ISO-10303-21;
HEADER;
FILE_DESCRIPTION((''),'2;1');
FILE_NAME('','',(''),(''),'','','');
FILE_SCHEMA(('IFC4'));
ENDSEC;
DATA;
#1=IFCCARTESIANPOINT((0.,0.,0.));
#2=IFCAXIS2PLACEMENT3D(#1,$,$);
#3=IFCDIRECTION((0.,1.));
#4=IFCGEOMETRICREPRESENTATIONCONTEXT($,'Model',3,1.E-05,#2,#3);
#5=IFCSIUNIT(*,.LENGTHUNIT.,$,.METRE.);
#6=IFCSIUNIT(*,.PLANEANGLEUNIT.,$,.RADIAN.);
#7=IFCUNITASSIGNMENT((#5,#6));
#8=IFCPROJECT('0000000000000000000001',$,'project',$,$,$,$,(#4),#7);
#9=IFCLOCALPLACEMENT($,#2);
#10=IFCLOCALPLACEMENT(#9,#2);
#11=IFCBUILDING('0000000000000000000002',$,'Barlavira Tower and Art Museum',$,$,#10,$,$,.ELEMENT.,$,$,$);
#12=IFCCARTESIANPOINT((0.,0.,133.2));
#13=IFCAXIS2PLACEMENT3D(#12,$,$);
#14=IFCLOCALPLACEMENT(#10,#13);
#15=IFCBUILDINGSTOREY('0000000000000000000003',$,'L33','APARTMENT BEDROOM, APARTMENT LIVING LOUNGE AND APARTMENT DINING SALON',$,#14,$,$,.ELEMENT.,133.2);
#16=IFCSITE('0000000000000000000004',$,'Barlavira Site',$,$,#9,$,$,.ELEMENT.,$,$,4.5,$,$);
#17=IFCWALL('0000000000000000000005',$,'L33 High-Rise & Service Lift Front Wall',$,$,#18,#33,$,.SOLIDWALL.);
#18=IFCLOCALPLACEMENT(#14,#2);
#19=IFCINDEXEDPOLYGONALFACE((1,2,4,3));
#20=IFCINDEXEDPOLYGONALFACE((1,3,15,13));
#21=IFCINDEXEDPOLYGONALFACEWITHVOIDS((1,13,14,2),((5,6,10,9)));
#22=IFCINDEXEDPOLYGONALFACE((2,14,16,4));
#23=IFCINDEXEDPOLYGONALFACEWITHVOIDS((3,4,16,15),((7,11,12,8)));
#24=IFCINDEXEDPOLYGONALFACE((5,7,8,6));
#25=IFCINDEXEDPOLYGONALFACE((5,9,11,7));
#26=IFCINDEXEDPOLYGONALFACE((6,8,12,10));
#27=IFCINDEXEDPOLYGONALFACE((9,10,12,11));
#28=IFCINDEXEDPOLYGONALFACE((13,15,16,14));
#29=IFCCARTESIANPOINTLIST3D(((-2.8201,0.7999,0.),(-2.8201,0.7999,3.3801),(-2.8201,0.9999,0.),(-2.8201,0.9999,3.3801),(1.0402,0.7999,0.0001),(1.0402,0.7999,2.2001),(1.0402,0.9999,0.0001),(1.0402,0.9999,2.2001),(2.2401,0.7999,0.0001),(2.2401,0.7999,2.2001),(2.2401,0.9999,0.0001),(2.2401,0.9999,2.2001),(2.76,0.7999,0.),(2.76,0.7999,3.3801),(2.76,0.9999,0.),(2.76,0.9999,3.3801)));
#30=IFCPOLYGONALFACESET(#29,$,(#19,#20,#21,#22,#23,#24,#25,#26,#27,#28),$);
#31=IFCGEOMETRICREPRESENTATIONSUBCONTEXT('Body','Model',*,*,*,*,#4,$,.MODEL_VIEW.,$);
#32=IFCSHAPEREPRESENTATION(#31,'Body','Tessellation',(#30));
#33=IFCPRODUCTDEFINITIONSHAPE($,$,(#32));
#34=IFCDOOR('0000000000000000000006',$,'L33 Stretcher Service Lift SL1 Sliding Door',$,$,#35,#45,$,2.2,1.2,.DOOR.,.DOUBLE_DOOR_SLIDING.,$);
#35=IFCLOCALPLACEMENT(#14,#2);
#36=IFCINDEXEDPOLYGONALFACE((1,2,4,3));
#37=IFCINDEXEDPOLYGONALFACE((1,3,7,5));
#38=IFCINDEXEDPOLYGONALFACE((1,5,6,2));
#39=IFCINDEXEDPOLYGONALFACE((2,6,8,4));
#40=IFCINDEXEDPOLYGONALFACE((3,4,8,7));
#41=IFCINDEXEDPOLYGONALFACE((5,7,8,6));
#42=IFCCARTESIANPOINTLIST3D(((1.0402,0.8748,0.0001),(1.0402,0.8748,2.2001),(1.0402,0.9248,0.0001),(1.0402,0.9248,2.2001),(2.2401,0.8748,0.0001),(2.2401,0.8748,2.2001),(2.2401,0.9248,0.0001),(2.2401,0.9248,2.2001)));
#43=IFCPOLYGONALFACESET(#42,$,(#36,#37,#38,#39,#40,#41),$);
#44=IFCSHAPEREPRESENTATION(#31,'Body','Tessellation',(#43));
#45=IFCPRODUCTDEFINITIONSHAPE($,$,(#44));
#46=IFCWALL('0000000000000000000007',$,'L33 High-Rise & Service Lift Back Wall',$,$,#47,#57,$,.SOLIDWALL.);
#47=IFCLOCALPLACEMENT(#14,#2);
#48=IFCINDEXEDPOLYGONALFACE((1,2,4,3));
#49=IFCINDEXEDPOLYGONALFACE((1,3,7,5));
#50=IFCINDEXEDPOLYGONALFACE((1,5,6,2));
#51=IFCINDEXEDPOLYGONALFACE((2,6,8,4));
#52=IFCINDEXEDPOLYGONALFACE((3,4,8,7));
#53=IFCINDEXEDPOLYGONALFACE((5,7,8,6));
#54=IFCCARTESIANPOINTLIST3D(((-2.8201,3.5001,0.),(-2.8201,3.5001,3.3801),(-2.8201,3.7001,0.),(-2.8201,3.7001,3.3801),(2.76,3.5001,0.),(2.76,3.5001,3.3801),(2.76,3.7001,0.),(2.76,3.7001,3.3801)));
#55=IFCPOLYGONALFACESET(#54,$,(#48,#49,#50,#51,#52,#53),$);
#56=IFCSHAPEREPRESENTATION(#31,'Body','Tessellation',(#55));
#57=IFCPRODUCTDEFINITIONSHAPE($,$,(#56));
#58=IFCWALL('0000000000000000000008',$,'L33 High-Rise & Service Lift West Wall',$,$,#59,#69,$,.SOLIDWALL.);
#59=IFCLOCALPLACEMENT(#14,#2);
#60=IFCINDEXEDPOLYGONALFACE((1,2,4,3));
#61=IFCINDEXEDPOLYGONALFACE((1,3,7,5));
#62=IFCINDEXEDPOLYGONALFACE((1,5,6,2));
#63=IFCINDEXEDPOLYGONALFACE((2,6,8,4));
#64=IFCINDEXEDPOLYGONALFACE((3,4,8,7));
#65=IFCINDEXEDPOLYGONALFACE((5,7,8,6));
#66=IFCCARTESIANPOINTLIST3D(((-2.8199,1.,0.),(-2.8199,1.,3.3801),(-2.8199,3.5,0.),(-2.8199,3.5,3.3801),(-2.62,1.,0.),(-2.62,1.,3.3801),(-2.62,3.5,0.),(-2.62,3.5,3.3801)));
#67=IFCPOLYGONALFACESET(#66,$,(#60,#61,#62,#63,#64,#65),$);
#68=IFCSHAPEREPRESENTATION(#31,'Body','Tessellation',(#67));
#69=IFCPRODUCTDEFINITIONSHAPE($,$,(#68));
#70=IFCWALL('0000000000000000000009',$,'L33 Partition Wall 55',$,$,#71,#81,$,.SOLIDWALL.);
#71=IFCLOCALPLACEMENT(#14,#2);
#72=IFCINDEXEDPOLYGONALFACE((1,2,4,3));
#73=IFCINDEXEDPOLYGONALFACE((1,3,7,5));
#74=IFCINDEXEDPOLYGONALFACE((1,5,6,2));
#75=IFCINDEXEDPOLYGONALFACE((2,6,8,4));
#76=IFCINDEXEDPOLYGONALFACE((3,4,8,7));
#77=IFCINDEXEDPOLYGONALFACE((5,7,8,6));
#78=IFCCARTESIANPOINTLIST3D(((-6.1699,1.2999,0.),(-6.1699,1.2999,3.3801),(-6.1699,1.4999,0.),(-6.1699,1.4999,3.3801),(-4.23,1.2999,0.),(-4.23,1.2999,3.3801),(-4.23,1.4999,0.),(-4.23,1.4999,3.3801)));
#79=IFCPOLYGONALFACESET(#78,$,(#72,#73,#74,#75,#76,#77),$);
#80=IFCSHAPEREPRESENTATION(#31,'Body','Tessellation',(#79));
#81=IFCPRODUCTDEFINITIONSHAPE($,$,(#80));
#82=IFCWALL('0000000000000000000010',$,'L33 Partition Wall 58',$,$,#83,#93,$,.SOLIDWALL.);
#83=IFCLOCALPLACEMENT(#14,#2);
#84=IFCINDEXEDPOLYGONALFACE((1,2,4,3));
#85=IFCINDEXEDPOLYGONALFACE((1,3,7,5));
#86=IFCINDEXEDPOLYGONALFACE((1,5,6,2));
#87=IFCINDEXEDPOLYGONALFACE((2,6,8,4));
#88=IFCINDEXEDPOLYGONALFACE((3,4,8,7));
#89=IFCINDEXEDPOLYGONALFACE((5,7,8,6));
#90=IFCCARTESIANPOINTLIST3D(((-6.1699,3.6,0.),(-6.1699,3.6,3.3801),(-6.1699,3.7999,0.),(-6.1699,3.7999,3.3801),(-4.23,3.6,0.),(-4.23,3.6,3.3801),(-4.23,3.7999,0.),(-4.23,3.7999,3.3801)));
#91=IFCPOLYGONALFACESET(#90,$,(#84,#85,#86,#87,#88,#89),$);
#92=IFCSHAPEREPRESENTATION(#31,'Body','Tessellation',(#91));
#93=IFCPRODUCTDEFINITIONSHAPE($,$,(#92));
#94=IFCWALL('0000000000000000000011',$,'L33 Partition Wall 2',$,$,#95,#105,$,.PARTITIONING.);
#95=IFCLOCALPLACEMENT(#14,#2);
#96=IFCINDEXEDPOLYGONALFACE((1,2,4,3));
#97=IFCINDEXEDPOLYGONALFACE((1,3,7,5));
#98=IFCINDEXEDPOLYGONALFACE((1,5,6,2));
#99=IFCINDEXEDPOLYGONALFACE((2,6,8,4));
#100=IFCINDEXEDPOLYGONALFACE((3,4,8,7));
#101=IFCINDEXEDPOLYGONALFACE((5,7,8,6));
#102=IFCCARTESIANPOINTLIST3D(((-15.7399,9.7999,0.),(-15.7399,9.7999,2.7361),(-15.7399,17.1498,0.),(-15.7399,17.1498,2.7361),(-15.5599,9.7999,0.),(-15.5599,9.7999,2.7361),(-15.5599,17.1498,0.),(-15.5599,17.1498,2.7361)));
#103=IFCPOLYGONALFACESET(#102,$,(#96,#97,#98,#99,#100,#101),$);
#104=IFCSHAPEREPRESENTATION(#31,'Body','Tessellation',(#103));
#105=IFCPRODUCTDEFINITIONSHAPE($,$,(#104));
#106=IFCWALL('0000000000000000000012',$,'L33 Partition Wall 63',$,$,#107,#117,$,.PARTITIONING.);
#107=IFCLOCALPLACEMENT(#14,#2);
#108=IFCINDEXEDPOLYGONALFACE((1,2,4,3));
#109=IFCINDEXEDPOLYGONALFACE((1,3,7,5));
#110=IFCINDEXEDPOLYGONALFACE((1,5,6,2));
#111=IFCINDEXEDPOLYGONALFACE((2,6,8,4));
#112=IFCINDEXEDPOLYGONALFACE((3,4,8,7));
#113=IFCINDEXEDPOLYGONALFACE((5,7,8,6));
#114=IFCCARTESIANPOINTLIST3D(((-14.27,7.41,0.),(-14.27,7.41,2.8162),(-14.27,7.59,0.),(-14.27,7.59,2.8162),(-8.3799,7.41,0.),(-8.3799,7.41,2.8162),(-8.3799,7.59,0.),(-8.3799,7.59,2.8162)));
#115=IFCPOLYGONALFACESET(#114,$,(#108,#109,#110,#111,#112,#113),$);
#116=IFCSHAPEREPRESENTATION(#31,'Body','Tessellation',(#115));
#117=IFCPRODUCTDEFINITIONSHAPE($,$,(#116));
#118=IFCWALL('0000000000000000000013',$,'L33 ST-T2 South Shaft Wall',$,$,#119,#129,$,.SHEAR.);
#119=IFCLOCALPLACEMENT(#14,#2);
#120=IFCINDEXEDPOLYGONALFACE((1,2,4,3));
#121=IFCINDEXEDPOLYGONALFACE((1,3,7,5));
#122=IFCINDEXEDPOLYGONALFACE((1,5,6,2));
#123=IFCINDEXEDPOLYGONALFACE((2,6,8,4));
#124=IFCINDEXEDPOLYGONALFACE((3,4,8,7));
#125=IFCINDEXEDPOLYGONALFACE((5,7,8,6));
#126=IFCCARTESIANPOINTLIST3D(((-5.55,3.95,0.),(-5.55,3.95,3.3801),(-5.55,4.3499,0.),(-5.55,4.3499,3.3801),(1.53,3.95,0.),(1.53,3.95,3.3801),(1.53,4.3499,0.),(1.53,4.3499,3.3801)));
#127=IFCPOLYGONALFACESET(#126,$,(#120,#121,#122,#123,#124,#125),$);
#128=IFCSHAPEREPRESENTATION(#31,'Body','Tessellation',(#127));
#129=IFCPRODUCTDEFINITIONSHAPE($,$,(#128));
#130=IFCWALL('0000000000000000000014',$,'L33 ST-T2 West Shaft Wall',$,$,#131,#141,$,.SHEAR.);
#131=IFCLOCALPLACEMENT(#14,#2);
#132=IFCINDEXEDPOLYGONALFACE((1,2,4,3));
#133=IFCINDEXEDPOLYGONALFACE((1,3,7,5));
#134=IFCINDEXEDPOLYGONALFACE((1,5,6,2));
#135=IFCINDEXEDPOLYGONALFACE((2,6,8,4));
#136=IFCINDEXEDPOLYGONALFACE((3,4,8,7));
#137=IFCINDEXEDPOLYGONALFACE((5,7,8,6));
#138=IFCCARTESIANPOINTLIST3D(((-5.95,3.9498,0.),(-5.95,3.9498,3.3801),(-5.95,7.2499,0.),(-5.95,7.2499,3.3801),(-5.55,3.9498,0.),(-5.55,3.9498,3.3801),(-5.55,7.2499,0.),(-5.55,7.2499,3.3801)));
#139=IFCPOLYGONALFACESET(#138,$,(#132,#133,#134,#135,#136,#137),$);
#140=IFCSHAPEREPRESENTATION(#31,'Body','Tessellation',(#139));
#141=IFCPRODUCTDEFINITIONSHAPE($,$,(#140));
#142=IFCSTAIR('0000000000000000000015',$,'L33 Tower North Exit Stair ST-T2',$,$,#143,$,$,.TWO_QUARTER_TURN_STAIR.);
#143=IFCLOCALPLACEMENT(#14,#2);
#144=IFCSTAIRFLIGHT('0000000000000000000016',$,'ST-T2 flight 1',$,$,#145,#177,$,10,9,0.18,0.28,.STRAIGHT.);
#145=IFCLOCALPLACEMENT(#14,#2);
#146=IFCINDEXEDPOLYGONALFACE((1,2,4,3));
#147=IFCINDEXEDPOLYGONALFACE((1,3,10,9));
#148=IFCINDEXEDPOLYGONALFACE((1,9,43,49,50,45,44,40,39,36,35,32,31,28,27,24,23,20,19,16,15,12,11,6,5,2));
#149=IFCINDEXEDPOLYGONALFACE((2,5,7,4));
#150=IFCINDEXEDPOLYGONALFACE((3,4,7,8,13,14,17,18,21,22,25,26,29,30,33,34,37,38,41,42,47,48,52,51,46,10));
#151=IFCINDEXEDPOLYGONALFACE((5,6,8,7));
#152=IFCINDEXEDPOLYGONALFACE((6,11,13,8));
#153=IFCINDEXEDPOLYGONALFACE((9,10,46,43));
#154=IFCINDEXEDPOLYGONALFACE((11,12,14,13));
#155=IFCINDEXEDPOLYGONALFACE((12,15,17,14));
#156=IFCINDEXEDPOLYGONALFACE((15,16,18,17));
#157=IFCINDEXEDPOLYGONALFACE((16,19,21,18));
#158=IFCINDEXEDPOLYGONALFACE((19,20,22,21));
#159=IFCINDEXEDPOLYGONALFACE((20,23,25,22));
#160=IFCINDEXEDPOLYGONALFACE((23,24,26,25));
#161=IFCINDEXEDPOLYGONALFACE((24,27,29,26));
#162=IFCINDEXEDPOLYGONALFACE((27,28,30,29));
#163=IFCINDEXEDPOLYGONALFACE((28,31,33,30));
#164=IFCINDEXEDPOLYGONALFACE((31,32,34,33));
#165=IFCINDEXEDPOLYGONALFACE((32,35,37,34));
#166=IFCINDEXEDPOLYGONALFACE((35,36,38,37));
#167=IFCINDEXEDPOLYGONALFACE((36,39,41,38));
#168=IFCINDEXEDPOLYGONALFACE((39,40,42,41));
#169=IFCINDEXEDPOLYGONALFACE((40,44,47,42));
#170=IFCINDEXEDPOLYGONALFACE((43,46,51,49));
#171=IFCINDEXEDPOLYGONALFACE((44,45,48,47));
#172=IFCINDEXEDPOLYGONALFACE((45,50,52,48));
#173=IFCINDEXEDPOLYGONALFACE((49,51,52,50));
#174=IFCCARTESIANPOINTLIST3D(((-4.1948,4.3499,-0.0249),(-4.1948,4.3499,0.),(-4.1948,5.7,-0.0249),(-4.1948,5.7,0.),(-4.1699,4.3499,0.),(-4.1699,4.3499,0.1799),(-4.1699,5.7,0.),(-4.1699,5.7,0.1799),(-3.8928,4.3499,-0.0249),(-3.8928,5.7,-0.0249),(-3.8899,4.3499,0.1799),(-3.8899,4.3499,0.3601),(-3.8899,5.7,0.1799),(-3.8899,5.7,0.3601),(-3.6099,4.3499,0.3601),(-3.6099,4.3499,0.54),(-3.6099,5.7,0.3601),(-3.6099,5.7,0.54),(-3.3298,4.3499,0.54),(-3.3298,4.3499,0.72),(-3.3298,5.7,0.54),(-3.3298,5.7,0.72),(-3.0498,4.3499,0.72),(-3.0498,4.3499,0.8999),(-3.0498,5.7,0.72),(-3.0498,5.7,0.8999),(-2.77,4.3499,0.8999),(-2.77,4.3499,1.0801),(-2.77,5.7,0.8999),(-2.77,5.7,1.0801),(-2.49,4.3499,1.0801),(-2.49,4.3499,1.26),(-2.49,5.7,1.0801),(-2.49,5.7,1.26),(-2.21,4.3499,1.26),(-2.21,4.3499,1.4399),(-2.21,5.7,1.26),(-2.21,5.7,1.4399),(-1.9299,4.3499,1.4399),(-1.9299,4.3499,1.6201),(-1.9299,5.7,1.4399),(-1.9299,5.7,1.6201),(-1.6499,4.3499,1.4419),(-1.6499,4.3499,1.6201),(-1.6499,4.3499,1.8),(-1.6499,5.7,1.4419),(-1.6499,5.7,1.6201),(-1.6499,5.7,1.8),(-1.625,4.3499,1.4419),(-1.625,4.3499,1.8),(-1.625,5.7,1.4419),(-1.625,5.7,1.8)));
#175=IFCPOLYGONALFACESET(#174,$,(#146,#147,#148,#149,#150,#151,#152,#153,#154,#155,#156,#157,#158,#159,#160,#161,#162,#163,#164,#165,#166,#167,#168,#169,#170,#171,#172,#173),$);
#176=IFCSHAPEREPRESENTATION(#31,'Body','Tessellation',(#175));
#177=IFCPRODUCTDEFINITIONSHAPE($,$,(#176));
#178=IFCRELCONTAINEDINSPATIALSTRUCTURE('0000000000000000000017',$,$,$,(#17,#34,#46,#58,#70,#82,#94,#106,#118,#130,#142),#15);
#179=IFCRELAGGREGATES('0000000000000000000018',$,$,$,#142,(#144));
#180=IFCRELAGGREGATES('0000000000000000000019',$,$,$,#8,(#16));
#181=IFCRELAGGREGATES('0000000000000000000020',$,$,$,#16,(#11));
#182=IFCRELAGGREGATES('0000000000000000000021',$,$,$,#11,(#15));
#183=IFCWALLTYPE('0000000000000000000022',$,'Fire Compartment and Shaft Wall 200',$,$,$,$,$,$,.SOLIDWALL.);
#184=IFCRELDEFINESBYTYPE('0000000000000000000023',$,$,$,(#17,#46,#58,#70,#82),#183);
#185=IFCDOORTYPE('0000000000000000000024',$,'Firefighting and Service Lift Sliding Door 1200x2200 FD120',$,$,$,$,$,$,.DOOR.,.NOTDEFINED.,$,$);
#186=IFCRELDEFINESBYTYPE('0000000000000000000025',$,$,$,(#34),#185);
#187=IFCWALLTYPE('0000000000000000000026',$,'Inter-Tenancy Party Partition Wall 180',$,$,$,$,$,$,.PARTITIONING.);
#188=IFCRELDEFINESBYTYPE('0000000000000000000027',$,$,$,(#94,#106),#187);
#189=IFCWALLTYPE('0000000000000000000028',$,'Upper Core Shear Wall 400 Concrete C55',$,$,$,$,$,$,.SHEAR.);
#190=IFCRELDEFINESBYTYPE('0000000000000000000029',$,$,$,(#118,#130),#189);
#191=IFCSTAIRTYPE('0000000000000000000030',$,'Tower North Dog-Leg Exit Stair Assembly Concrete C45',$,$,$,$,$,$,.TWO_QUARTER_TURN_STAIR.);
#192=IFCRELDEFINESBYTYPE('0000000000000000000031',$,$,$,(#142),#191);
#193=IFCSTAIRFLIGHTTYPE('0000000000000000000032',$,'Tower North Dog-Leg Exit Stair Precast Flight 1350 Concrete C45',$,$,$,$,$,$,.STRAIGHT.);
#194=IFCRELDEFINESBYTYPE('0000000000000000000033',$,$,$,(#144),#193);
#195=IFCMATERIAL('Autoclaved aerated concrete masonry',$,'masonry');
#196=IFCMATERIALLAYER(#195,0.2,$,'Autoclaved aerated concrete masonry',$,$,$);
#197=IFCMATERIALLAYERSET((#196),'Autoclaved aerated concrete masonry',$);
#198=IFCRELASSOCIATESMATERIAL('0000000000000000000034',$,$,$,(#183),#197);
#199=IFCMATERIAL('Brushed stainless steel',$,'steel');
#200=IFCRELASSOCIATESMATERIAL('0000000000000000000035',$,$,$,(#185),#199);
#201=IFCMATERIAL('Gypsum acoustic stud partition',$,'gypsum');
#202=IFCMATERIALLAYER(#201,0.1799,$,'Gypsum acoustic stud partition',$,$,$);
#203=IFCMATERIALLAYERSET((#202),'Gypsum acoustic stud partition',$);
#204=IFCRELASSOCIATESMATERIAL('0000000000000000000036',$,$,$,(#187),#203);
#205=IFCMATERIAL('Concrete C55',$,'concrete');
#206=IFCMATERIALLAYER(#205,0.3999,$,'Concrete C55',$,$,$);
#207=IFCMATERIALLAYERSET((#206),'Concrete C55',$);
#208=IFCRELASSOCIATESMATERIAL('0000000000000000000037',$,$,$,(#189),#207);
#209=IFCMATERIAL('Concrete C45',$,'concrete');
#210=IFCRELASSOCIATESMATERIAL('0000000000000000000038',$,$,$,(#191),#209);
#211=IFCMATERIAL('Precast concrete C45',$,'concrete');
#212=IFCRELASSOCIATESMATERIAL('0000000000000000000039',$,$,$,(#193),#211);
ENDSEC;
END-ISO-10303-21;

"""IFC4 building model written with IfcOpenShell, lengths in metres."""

from ifc_helpers import new_model, si_unit, direction, frame, frame_2d, origin, place, context, subcontext, project, spatial, polyline, rectangle, outline, extrude, material, layer, layer_set, type_object, element, fill, aggregate, save


model = new_model("IFC4")

# Units and contexts
model_context = context("Model", 3, precision=1e-05, world=origin(), true_north=direction((0.0, 1.0)))
body_context = subcontext(model_context, "Body", "Model", "MODEL_VIEW")
ifc_project = project(units=[si_unit("LENGTHUNIT", "METRE"), si_unit("PLANEANGLEUNIT", "RADIAN")], contexts=[model_context])

# Site, building, storey
site_placement = place(None, origin())
site = spatial("IfcSite", under=ifc_project, at=site_placement, Name="Barlavira Site", CompositionType="ELEMENT", RefElevation=4.5)
building_placement = place(site_placement, origin())
building = spatial("IfcBuilding", under=site, at=building_placement, Name="Barlavira Tower and Art Museum", CompositionType="ELEMENT")
storey_placement = place(building_placement, frame((0.0, 0.0, 133.2)))
storey = spatial("IfcBuildingStorey", under=building, at=storey_placement, Name="L33", Description="APARTMENT BEDROOM, APARTMENT LIVING LOUNGE AND APARTMENT DINING SALON", CompositionType="ELEMENT", Elevation=133.2)

# Shared definitions
ifc_material_1 = material(Name="Gypsum acoustic stud partition", Category="gypsum")
ifc_material_2 = material(Name="Brushed stainless steel", Category="steel")

# Wall, opening, door
ifc_material_3 = material(Name="Autoclaved aerated concrete masonry", Category="masonry")
ifc_layer_1 = layer(ifc_material_3, 0.2, Name="Autoclaved aerated concrete masonry")
ifc_layer_set_1 = layer_set([ifc_layer_1], Name="Autoclaved aerated concrete masonry")
wall_type_1 = type_object("IfcWallType", Name="Fire Compartment and Shaft Wall 200", PredefinedType="SOLIDWALL", material=ifc_layer_set_1)
wall_1_placement = place(storey_placement, frame((-2.8201, 0.8999, 0.0), z_axis=(0.0, 0.0, 1.0), x_axis=(1.0, 0.0, 0.0)))
wall_1 = element("IfcWall", 1, at=wall_1_placement, inside=storey, type_object=wall_type_1, Name="L33 High-Rise & Service Lift Front Wall", PredefinedType="SOLIDWALL", context=body_context, shape_type="SweptSolid", body=[
    extrude(rectangle(XDim=5.5801, YDim=0.2, at=frame_2d((2.79, 0.0))), origin(), (0.0, 0.0, 1.0), 3.3801),
])
opening_1_placement = place(wall_1_placement, frame((3.8601, 0.0, 0.0)))
opening_1 = element("IfcOpeningElement", 2, at=opening_1_placement, cuts=wall_1, PredefinedType="OPENING", context=body_context, shape_type="SweptSolid", body=[
    extrude(rectangle(XDim=1.2, YDim=2.2, at=frame_2d((0.6001, 1.1001))), frame((0.0, 0.1099, 0.0), z_axis=(0.0, -1.0, 0.0), x_axis=(1.0, 0.0, 0.0)), (0.0, 0.0, 1.0), 0.22),
])
door_type_1 = type_object("IfcDoorType", Name="Firefighting and Service Lift Sliding Door 1200x2200 FD120", OperationType="NOTDEFINED", PredefinedType="DOOR", material=ifc_material_2)
door_1_placement = place(opening_1_placement, origin())
door_1 = element("IfcDoor", 3, at=door_1_placement, inside=storey, type_object=door_type_1, Name="L33 Stretcher Service Lift SL1 Sliding Door", OperationType="DOUBLE_DOOR_SLIDING", OverallHeight=2.2, OverallWidth=1.2, PredefinedType="DOOR", context=body_context, shape_type="SweptSolid", body=[
    extrude(rectangle(XDim=1.2, YDim=2.2, at=frame_2d((0.6001, 1.1001))), frame((0.0, 0.0249, 0.0), z_axis=(0.0, -1.0, 0.0), x_axis=(1.0, 0.0, 0.0)), (0.0, 0.0, 1.0), 0.05),
])
fill(opening_1, door_1)

# Walls
wall_2_placement = place(storey_placement, frame((-2.8201, 3.6001, 0.0), z_axis=(0.0, 0.0, 1.0), x_axis=(1.0, 0.0, 0.0)))
element("IfcWall", 4, at=wall_2_placement, inside=storey, type_object=wall_type_1, Name="L33 High-Rise & Service Lift Back Wall", PredefinedType="SOLIDWALL", context=body_context, shape_type="SweptSolid", body=[
    extrude(rectangle(XDim=5.5801, YDim=0.2, at=frame_2d((2.79, 0.0))), origin(), (0.0, 0.0, 1.0), 3.3801),
])
wall_3_placement = place(storey_placement, frame((-2.72, 1.0, 0.0), z_axis=(0.0, 0.0, 1.0), x_axis=(0.0, 1.0, 0.0)))
element("IfcWall", 5, at=wall_3_placement, inside=storey, type_object=wall_type_1, Name="L33 High-Rise & Service Lift West Wall", PredefinedType="SOLIDWALL", context=body_context, shape_type="SweptSolid", body=[
    extrude(rectangle(XDim=2.5, YDim=0.2, at=frame_2d((1.25, 0.0))), origin(), (0.0, 0.0, 1.0), 3.3801),
])
for number, where, z_axis, x_axis, name in (
    (6, (-6.1699, 1.3999, 0.0), (0.0, 0.0, 1.0), (1.0, 0.0, 0.0), "L33 Partition Wall 55"),
    (7, (-6.1699, 3.7, 0.0), (0.0, 0.0, 1.0), (1.0, 0.0, 0.0), "L33 Partition Wall 58"),
):
    element("IfcWall", number, at=place(storey_placement, frame(where, z_axis=z_axis, x_axis=x_axis)), inside=storey, type_object=wall_type_1, Name=name, PredefinedType="SOLIDWALL", context=body_context, shape_type="SweptSolid", body=[
        extrude(rectangle(XDim=1.9399, YDim=0.2, at=frame_2d((0.97, 0.0))), origin(), (0.0, 0.0, 1.0), 3.3801),
    ])
ifc_layer_2 = layer(ifc_material_1, 0.1799, Name="Gypsum acoustic stud partition")
ifc_layer_set_2 = layer_set([ifc_layer_2], Name="Gypsum acoustic stud partition")
wall_type_2 = type_object("IfcWallType", Name="Inter-Tenancy Party Partition Wall 180", PredefinedType="PARTITIONING", material=ifc_layer_set_2)
wall_4_placement = place(storey_placement, frame((-15.6499, 9.8, 0.0), z_axis=(0.0, 0.0, 1.0), x_axis=(0.0, 1.0, 0.0)))
element("IfcWall", 8, at=wall_4_placement, inside=storey, type_object=wall_type_2, Name="L33 Partition Wall 2", PredefinedType="PARTITIONING", context=body_context, shape_type="SweptSolid", body=[
    extrude(rectangle(XDim=7.3499, YDim=0.1799, at=frame_2d((3.6748, 0.0))), origin(), (0.0, 0.0, 1.0), 2.7361),
])
wall_5_placement = place(storey_placement, frame((-14.27, 7.5, 0.0), z_axis=(0.0, 0.0, 1.0), x_axis=(1.0, 0.0, 0.0)))
element("IfcWall", 9, at=wall_5_placement, inside=storey, type_object=wall_type_2, Name="L33 Partition Wall 63", PredefinedType="PARTITIONING", context=body_context, shape_type="SweptSolid", body=[
    extrude(rectangle(XDim=5.8901, YDim=0.1799, at=frame_2d((2.9451, 0.0))), origin(), (0.0, 0.0, 1.0), 2.8162),
])

# Walls
ifc_material_4 = material(Name="Concrete C55", Category="concrete")
ifc_layer_3 = layer(ifc_material_4, 0.3999, Name="Concrete C55")
ifc_layer_set_3 = layer_set([ifc_layer_3], Name="Concrete C55")
wall_type_3 = type_object("IfcWallType", Name="Upper Core Shear Wall 400 Concrete C55", PredefinedType="SHEAR", material=ifc_layer_set_3)
wall_6_placement = place(storey_placement, frame((-5.55, 4.1499, 0.0), z_axis=(0.0, 0.0, 1.0), x_axis=(1.0, 0.0, 0.0)))
element("IfcWall", 10, at=wall_6_placement, inside=storey, type_object=wall_type_3, Name="L33 ST-T2 South Shaft Wall", PredefinedType="SHEAR", context=body_context, shape_type="SweptSolid", body=[
    extrude(rectangle(XDim=7.0801, YDim=0.3999, at=frame_2d((3.54, 0.0))), origin(), (0.0, 0.0, 1.0), 3.3801),
])
wall_7_placement = place(storey_placement, frame((-5.75, 3.95, 0.0), z_axis=(0.0, 0.0, 1.0), x_axis=(0.0, 1.0, 0.0)))
element("IfcWall", 11, at=wall_7_placement, inside=storey, type_object=wall_type_3, Name="L33 ST-T2 West Shaft Wall", PredefinedType="SHEAR", context=body_context, shape_type="SweptSolid", body=[
    extrude(rectangle(XDim=3.3, YDim=0.3999, at=frame_2d((1.6499, 0.0))), origin(), (0.0, 0.0, 1.0), 3.3801),
])

# Stair, stair flight
ifc_material_5 = material(Name="Concrete C45", Category="concrete")
stair_type = type_object("IfcStairType", Name="Tower North Dog-Leg Exit Stair Assembly Concrete C45", PredefinedType="TWO_QUARTER_TURN_STAIR", material=ifc_material_5)
stair_placement = place(storey_placement, origin())
stair = element("IfcStair", 12, at=stair_placement, inside=storey, type_object=stair_type, Name="L33 Tower North Exit Stair ST-T2", PredefinedType="TWO_QUARTER_TURN_STAIR")
ifc_material_6 = material(Name="Precast concrete C45", Category="concrete")
stair_flight_type = type_object("IfcStairFlightType", Name="Tower North Dog-Leg Exit Stair Precast Flight 1350 Concrete C45", PredefinedType="STRAIGHT", material=ifc_material_6)
stair_flight_1_placement = place(storey_placement, frame((-4.1699, 5.0249, 0.0), z_axis=(0.0, 0.0, 1.0), x_axis=(1.0, 0.0, 0.0)))
stair_flight_1 = element("IfcStairFlight", 13, at=stair_flight_1_placement, type_object=stair_flight_type, Name="ST-T2 flight 1", NumberOfRisers=10, NumberOfTreads=9, PredefinedType="STRAIGHT", RiserHeight=0.18, TreadLength=0.28, context=body_context, shape_type="SweptSolid", body=[
    extrude(outline(polyline([(-0.0249, 0.0), (0.0, 0.0), (0.0, 0.1799), (0.28, 0.1799), (0.28, 0.3601), (0.5601, 0.3601), (0.5601, 0.54), (0.8401, 0.54), (0.8401, 0.72), (1.1201, 0.72), (1.1201, 0.8999), (1.3999, 0.8999), (1.3999, 1.0801), (1.6799, 1.0801), (1.6799, 1.26), (1.96, 1.26), (1.96, 1.4399), (2.24, 1.4399), (2.24, 1.6201), (2.52, 1.6201), (2.52, 1.8), (2.5449, 1.8), (2.5449, 1.4419), (2.52, 1.4419), (0.2771, -0.0249), (-0.0249, -0.0249), (-0.0249, 0.0)])), frame((0.0, 0.675, 0.0), z_axis=(0.0, -1.0, 0.0), x_axis=(1.0, 0.0, 0.0)), (0.0, 0.0, 1.0), 1.3501),
])
aggregate(stair, [stair_flight_1])

save(model, "model.ifc")
